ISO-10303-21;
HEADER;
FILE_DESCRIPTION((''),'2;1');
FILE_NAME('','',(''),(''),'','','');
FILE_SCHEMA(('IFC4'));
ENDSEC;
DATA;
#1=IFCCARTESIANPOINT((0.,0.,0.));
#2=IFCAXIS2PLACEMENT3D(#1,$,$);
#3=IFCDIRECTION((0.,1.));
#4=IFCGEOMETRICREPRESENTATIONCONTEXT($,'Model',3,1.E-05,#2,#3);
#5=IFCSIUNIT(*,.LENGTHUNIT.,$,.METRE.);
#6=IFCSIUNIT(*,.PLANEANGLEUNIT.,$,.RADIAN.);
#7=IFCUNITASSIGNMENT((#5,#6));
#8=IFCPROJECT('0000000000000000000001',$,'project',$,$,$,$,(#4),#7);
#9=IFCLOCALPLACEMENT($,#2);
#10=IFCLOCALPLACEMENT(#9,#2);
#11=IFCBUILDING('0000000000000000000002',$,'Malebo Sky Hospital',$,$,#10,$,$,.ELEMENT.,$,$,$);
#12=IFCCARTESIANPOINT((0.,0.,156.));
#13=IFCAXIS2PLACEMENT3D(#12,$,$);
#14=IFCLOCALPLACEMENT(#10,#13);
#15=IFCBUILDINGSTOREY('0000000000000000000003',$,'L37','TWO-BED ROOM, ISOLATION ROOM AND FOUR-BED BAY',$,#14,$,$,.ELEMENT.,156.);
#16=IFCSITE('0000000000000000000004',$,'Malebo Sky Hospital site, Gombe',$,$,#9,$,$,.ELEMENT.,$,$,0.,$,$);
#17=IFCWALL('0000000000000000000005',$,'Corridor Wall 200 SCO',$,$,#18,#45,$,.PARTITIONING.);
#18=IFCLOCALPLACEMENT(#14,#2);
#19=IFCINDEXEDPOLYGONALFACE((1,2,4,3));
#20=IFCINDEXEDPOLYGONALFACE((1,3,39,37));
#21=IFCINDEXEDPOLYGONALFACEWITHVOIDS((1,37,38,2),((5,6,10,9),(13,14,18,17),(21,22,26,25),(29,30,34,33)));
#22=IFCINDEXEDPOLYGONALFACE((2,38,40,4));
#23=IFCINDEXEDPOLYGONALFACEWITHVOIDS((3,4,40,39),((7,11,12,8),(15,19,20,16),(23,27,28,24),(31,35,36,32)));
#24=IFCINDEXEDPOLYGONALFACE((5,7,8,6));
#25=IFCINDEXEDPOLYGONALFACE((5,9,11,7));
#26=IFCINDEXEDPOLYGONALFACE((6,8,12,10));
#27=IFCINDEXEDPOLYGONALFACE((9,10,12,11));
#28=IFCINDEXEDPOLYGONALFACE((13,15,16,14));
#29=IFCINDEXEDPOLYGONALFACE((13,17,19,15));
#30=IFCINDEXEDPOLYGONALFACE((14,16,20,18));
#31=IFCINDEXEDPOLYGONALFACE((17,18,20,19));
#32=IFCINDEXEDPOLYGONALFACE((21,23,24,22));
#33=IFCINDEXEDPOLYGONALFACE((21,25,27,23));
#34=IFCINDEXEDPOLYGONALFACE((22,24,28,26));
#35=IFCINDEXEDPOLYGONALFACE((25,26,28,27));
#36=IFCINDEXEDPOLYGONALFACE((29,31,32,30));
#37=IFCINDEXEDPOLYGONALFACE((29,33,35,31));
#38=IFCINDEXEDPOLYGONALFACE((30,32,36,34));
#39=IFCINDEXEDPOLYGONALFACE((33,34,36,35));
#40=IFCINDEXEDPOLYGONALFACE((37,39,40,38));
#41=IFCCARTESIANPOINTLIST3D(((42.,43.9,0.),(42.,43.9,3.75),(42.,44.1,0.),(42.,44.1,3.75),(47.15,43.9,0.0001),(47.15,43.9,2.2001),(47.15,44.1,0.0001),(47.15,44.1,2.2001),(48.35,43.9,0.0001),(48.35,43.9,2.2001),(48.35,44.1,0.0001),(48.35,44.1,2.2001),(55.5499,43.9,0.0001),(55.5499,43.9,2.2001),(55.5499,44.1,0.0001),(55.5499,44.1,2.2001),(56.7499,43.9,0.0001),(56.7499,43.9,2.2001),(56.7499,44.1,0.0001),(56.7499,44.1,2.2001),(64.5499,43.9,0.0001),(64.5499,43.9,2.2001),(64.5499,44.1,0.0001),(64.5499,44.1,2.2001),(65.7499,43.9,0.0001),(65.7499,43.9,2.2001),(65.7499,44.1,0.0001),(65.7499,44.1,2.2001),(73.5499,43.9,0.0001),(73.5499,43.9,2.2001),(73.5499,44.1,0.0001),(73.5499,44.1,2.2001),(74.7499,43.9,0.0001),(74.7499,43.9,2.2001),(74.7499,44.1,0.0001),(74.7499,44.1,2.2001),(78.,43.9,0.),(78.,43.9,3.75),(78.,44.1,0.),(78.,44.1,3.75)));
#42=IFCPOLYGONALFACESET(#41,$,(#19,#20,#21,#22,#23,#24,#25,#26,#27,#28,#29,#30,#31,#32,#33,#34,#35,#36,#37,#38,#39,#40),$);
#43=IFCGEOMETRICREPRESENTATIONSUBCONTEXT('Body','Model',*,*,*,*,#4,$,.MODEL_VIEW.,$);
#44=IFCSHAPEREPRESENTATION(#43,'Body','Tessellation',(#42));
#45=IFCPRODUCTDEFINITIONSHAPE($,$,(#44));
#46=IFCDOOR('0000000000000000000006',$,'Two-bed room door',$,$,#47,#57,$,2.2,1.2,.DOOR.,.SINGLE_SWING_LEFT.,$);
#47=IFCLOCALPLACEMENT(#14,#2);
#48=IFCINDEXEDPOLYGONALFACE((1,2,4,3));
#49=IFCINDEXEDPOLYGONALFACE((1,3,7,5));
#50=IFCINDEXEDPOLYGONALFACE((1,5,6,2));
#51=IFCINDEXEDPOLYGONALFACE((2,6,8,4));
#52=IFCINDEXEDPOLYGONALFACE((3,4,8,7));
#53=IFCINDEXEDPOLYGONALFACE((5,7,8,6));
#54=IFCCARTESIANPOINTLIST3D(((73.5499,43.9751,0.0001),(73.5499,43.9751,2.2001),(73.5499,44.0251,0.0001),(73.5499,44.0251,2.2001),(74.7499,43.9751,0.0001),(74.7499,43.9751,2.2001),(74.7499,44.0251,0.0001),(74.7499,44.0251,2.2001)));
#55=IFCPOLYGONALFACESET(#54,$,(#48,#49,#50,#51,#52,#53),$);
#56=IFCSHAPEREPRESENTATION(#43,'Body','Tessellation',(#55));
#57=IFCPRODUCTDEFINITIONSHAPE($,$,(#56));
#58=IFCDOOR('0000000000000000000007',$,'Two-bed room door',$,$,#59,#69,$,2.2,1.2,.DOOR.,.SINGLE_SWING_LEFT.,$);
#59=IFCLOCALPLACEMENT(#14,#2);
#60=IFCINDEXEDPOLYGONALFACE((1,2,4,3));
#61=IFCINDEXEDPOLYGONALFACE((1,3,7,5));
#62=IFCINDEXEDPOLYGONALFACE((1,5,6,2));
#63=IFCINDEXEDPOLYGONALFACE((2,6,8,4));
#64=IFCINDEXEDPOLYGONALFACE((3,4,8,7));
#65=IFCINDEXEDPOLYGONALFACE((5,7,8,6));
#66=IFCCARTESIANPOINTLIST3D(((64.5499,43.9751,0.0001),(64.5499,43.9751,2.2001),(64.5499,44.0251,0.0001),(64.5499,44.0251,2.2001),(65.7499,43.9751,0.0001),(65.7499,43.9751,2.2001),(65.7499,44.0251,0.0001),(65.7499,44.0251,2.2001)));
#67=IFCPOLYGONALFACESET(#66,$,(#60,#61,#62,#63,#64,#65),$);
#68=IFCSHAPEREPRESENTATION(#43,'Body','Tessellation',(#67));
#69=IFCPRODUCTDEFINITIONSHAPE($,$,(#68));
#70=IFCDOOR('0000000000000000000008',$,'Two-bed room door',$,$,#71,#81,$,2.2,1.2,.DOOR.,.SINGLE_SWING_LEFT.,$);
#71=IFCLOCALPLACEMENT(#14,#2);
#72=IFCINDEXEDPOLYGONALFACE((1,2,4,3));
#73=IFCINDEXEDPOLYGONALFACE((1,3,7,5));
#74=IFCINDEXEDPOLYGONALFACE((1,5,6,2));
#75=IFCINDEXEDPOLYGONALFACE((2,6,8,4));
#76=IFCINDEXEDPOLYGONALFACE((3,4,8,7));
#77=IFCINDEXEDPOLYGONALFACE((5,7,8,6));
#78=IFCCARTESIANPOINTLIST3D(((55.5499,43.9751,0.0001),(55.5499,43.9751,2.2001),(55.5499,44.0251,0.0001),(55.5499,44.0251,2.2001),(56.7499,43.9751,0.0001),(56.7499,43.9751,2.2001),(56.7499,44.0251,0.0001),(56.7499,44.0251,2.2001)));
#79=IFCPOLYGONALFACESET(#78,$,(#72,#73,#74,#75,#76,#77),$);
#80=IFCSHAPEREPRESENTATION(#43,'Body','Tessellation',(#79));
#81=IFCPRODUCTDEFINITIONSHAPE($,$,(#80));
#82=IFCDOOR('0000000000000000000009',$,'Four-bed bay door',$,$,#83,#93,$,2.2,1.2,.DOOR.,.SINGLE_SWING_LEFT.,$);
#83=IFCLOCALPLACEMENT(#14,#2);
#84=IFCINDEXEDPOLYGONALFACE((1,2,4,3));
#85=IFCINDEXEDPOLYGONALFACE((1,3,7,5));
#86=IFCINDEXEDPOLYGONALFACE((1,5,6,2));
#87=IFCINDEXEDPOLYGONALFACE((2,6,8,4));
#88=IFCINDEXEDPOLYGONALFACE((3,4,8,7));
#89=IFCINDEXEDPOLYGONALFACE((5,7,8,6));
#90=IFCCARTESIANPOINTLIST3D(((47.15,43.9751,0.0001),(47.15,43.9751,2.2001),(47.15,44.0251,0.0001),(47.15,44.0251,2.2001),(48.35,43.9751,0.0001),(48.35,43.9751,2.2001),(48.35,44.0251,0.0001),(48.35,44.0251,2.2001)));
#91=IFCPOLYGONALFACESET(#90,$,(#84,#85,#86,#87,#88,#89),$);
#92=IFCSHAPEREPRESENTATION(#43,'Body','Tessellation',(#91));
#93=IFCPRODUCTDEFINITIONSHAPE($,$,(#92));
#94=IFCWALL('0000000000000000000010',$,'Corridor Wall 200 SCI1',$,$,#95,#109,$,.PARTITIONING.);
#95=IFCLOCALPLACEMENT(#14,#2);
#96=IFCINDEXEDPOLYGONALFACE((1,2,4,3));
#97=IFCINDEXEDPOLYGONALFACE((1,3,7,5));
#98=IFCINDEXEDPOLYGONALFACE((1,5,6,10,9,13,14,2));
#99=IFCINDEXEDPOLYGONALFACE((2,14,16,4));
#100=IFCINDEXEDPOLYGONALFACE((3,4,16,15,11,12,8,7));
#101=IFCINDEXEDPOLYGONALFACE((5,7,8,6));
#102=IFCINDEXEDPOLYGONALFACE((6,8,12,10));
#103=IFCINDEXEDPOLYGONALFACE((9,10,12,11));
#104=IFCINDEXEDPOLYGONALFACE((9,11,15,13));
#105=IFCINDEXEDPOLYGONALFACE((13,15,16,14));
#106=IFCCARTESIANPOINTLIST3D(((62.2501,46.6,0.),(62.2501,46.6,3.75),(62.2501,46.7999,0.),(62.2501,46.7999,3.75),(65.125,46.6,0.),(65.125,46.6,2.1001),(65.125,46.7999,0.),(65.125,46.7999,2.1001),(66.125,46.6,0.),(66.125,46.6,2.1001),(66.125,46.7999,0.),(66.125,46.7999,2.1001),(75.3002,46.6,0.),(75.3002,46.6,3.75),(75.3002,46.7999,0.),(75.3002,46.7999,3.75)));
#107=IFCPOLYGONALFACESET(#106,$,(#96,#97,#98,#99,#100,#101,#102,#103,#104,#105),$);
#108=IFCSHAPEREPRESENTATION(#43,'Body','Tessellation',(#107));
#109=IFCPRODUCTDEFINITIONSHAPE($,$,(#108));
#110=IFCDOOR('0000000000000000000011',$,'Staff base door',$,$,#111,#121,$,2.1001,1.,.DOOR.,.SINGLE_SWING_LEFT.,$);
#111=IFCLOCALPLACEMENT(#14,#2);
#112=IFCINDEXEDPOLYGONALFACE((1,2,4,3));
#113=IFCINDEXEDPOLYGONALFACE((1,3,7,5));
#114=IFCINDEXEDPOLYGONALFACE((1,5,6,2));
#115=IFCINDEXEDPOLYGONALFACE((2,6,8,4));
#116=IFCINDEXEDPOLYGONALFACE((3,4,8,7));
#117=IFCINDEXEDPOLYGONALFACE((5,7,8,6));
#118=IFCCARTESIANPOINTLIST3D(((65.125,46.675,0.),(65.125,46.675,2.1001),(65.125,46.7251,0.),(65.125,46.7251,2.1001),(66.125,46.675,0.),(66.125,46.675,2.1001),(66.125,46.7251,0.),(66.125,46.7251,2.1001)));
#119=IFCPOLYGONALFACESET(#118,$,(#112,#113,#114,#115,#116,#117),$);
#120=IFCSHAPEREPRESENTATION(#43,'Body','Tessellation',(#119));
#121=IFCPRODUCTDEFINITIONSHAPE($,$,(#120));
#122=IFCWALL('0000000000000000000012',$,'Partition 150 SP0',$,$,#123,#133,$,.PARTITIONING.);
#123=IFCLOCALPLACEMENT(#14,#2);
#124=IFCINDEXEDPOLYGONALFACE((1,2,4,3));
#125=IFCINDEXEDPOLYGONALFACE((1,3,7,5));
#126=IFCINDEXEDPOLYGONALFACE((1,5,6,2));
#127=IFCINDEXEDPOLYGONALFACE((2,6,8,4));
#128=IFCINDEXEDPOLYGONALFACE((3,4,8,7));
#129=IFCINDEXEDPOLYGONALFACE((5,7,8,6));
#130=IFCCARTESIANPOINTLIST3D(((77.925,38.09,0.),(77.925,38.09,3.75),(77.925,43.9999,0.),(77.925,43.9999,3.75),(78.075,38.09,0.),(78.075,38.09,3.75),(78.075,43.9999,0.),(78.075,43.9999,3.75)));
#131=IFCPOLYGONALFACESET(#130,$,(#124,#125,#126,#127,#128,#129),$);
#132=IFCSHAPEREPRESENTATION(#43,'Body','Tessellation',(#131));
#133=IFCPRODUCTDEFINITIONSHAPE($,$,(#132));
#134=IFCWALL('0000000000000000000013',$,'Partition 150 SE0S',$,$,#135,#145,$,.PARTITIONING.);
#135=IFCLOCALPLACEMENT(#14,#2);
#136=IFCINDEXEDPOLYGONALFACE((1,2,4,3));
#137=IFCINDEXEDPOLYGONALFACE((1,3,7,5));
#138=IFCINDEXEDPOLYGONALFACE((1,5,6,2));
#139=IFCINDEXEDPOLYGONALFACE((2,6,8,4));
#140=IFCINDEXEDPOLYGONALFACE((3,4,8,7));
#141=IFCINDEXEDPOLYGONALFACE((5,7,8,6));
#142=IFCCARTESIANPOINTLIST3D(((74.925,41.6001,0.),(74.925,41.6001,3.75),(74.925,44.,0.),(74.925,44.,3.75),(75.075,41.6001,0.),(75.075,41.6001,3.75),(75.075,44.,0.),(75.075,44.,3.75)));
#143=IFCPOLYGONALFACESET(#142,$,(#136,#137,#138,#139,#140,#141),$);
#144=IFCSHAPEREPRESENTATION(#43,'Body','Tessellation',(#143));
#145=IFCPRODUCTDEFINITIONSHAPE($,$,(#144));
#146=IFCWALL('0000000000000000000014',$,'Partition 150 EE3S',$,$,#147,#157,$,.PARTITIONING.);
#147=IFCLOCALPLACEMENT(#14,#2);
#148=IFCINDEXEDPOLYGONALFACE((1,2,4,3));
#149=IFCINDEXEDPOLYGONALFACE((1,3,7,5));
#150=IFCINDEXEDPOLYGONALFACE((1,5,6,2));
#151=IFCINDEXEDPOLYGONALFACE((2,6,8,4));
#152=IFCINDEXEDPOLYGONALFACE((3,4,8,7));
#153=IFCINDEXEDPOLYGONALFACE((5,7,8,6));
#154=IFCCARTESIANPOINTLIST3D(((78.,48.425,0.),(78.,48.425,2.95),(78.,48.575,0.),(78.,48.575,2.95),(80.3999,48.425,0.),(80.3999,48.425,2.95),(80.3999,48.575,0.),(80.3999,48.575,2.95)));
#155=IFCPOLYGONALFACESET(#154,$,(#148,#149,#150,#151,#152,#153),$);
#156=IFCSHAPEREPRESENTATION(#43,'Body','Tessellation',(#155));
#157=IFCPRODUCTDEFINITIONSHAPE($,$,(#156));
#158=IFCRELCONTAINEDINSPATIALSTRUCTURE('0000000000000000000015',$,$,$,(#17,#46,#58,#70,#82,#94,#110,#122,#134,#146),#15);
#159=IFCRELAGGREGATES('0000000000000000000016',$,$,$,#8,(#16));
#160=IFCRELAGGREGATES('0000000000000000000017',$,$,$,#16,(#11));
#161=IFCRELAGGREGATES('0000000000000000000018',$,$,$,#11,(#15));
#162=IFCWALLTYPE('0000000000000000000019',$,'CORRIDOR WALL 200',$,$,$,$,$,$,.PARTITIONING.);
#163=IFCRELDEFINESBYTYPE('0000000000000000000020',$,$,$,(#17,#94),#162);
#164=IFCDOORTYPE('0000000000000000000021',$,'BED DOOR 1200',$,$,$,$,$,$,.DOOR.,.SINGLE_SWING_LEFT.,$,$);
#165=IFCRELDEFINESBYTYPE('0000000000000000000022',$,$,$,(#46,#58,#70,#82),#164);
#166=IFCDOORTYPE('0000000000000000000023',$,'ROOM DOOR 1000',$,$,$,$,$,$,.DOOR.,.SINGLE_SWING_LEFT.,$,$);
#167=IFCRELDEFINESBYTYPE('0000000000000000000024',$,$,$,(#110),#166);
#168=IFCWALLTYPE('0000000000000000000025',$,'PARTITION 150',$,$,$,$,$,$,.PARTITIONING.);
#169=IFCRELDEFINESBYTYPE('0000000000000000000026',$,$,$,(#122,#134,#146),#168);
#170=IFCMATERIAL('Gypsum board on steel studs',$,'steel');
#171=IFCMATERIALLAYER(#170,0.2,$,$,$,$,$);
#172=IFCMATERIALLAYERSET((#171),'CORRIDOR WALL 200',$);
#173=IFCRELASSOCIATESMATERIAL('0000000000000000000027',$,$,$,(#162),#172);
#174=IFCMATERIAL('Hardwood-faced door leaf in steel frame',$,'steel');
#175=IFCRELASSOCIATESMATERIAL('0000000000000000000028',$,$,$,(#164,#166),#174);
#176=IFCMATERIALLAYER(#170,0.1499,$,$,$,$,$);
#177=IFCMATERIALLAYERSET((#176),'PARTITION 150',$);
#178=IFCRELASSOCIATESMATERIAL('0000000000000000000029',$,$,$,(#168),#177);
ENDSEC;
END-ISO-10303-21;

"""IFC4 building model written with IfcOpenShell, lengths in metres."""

from ifc_helpers import new_model, si_unit, direction, frame, frame_2d, origin, place, context, subcontext, project, spatial, rectangle, extrude, material, layer, layer_set, type_object, element, fill, save


model = new_model("IFC4")

# Units and contexts
model_context = context("Model", 3, precision=1e-05, world=origin(), true_north=direction((0.0, 1.0)))
body_context = subcontext(model_context, "Body", "Model", "MODEL_VIEW")
ifc_project = project(units=[si_unit("LENGTHUNIT", "METRE"), si_unit("PLANEANGLEUNIT", "RADIAN")], contexts=[model_context])

# Site, building, storey
site_placement = place(None, origin())
site = spatial("IfcSite", under=ifc_project, at=site_placement, Name="Malebo Sky Hospital site, Gombe", CompositionType="ELEMENT", RefElevation=0.0)
building_placement = place(site_placement, origin())
building = spatial("IfcBuilding", under=site, at=building_placement, Name="Malebo Sky Hospital", CompositionType="ELEMENT")
storey_placement = place(building_placement, frame((0.0, 0.0, 156.0)))
storey = spatial("IfcBuildingStorey", under=building, at=storey_placement, Name="L37", Description="TWO-BED ROOM, ISOLATION ROOM AND FOUR-BED BAY", CompositionType="ELEMENT", Elevation=156.0)

# Wall, openings, doors
ifc_material_1 = material(Name="Gypsum board on steel studs", Category="steel")
ifc_layer_1 = layer(ifc_material_1, 0.2)
ifc_layer_set_1 = layer_set([ifc_layer_1], Name="CORRIDOR WALL 200")
wall_type_1 = type_object("IfcWallType", Name="CORRIDOR WALL 200", PredefinedType="PARTITIONING", material=ifc_layer_set_1)
wall_1_placement = place(storey_placement, frame((78.0, 44.0, 0.0), z_axis=(0.0, 0.0, 1.0), x_axis=(-1.0, 0.0, 0.0)))
wall_1 = element("IfcWall", 1, at=wall_1_placement, inside=storey, type_object=wall_type_1, Name="Corridor Wall 200 SCO", PredefinedType="PARTITIONING", context=body_context, shape_type="SweptSolid", body=[
    extrude(rectangle(XDim=36.0, YDim=0.2, at=frame_2d((18.0, 0.0))), origin(), (0.0, 0.0, 1.0), 3.75),
])
opening_1_placement = place(wall_1_placement, frame((3.25, 0.0, 0.0)))
opening_1 = element("IfcOpeningElement", 2, at=opening_1_placement, cuts=wall_1, PredefinedType="OPENING", context=body_context, shape_type="SweptSolid", body=[
    extrude(rectangle(XDim=1.2, YDim=2.2, at=frame_2d((0.6001, 1.1001))), frame((0.0, 0.1099, 0.0), z_axis=(0.0, -1.0, 0.0), x_axis=(1.0, 0.0, 0.0)), (0.0, 0.0, 1.0), 0.22),
])
opening_2_placement = place(wall_1_placement, frame((12.25, 0.0, 0.0)))
opening_2 = element("IfcOpeningElement", 3, at=opening_2_placement, cuts=wall_1, PredefinedType="OPENING", context=body_context, shape_type="SweptSolid", body=[
    extrude(rectangle(XDim=1.2, YDim=2.2, at=frame_2d((0.6001, 1.1001))), frame((0.0, 0.1099, 0.0), z_axis=(0.0, -1.0, 0.0), x_axis=(1.0, 0.0, 0.0)), (0.0, 0.0, 1.0), 0.22),
])
opening_3_placement = place(wall_1_placement, frame((21.25, 0.0, 0.0)))
opening_3 = element("IfcOpeningElement", 4, at=opening_3_placement, cuts=wall_1, PredefinedType="OPENING", context=body_context, shape_type="SweptSolid", body=[
    extrude(rectangle(XDim=1.2, YDim=2.2, at=frame_2d((0.6001, 1.1001))), frame((0.0, 0.1099, 0.0), z_axis=(0.0, -1.0, 0.0), x_axis=(1.0, 0.0, 0.0)), (0.0, 0.0, 1.0), 0.22),
])
opening_4_placement = place(wall_1_placement, frame((29.6499, 0.0, 0.0)))
opening_4 = element("IfcOpeningElement", 5, at=opening_4_placement, cuts=wall_1, PredefinedType="OPENING", context=body_context, shape_type="SweptSolid", body=[
    extrude(rectangle(XDim=1.2, YDim=2.2, at=frame_2d((0.6001, 1.1001))), frame((0.0, 0.1099, 0.0), z_axis=(0.0, -1.0, 0.0), x_axis=(1.0, 0.0, 0.0)), (0.0, 0.0, 1.0), 0.22),
])
ifc_material_2 = material(Name="Hardwood-faced door leaf in steel frame", Category="steel")
door_type_1 = type_object("IfcDoorType", Name="BED DOOR 1200", OperationType="SINGLE_SWING_LEFT", PredefinedType="DOOR", material=ifc_material_2)
door_1_placement = place(opening_1_placement, origin())
door_1 = element("IfcDoor", 6, at=door_1_placement, inside=storey, type_object=door_type_1, Name="Two-bed room door", OperationType="SINGLE_SWING_LEFT", OverallHeight=2.2, OverallWidth=1.2, PredefinedType="DOOR", context=body_context, shape_type="SweptSolid", body=[
    extrude(rectangle(XDim=1.2, YDim=2.2, at=frame_2d((0.6001, 1.1001))), frame((0.0, 0.0249, 0.0), z_axis=(0.0, -1.0, 0.0), x_axis=(1.0, 0.0, 0.0)), (0.0, 0.0, 1.0), 0.05),
])
fill(opening_1, door_1)
door_2_placement = place(opening_2_placement, origin())
door_2 = element("IfcDoor", 7, at=door_2_placement, inside=storey, type_object=door_type_1, Name="Two-bed room door", OperationType="SINGLE_SWING_LEFT", OverallHeight=2.2, OverallWidth=1.2, PredefinedType="DOOR", context=body_context, shape_type="SweptSolid", body=[
    extrude(rectangle(XDim=1.2, YDim=2.2, at=frame_2d((0.6001, 1.1001))), frame((0.0, 0.0249, 0.0), z_axis=(0.0, -1.0, 0.0), x_axis=(1.0, 0.0, 0.0)), (0.0, 0.0, 1.0), 0.05),
])
fill(opening_2, door_2)
door_3_placement = place(opening_3_placement, origin())
door_3 = element("IfcDoor", 8, at=door_3_placement, inside=storey, type_object=door_type_1, Name="Two-bed room door", OperationType="SINGLE_SWING_LEFT", OverallHeight=2.2, OverallWidth=1.2, PredefinedType="DOOR", context=body_context, shape_type="SweptSolid", body=[
    extrude(rectangle(XDim=1.2, YDim=2.2, at=frame_2d((0.6001, 1.1001))), frame((0.0, 0.0249, 0.0), z_axis=(0.0, -1.0, 0.0), x_axis=(1.0, 0.0, 0.0)), (0.0, 0.0, 1.0), 0.05),
])
fill(opening_3, door_3)
door_4_placement = place(opening_4_placement, origin())
door_4 = element("IfcDoor", 9, at=door_4_placement, inside=storey, type_object=door_type_1, Name="Four-bed bay door", OperationType="SINGLE_SWING_LEFT", OverallHeight=2.2, OverallWidth=1.2, PredefinedType="DOOR", context=body_context, shape_type="SweptSolid", body=[
    extrude(rectangle(XDim=1.2, YDim=2.2, at=frame_2d((0.6001, 1.1001))), frame((0.0, 0.0249, 0.0), z_axis=(0.0, -1.0, 0.0), x_axis=(1.0, 0.0, 0.0)), (0.0, 0.0, 1.0), 0.05),
])
fill(opening_4, door_4)

# Wall, opening, door
wall_2_placement = place(storey_placement, frame((75.3, 46.7, 0.0), z_axis=(0.0, 0.0, 1.0), x_axis=(-1.0, 0.0, 0.0)))
wall_2 = element("IfcWall", 10, at=wall_2_placement, inside=storey, type_object=wall_type_1, Name="Corridor Wall 200 SCI1", PredefinedType="PARTITIONING", context=body_context, shape_type="SweptSolid", body=[
    extrude(rectangle(XDim=13.05, YDim=0.2, at=frame_2d((6.5249, 0.0))), origin(), (0.0, 0.0, 1.0), 3.75),
])
opening_5_placement = place(wall_2_placement, frame((9.175, 0.0, 0.0)))
opening_5 = element("IfcOpeningElement", 11, at=opening_5_placement, cuts=wall_2, PredefinedType="OPENING", context=body_context, shape_type="SweptSolid", body=[
    extrude(rectangle(XDim=1.0, YDim=2.1001, at=frame_2d((0.5, 1.05))), frame((0.0, 0.1099, 0.0), z_axis=(0.0, -1.0, 0.0), x_axis=(1.0, 0.0, 0.0)), (0.0, 0.0, 1.0), 0.22),
])
door_type_2 = type_object("IfcDoorType", Name="ROOM DOOR 1000", OperationType="SINGLE_SWING_LEFT", PredefinedType="DOOR", material=ifc_material_2)
door_5_placement = place(opening_5_placement, origin())
door_5 = element("IfcDoor", 12, at=door_5_placement, inside=storey, type_object=door_type_2, Name="Staff base door", OperationType="SINGLE_SWING_LEFT", OverallHeight=2.1001, OverallWidth=1.0, PredefinedType="DOOR", context=body_context, shape_type="SweptSolid", body=[
    extrude(rectangle(XDim=1.0, YDim=2.1001, at=frame_2d((0.5, 1.05))), frame((0.0, 0.0249, 0.0), z_axis=(0.0, -1.0, 0.0), x_axis=(1.0, 0.0, 0.0)), (0.0, 0.0, 1.0), 0.05),
])
fill(opening_5, door_5)

# Walls
ifc_layer_2 = layer(ifc_material_1, 0.1499)
ifc_layer_set_2 = layer_set([ifc_layer_2], Name="PARTITION 150")
wall_type_2 = type_object("IfcWallType", Name="PARTITION 150", PredefinedType="PARTITIONING", material=ifc_layer_set_2)
wall_3_placement = place(storey_placement, frame((78.0, 44.0, 0.0), z_axis=(0.0, 0.0, 1.0), x_axis=(0.0, -1.0, 0.0)))
element("IfcWall", 13, at=wall_3_placement, inside=storey, type_object=wall_type_2, Name="Partition 150 SP0", PredefinedType="PARTITIONING", context=body_context, shape_type="SweptSolid", body=[
    extrude(rectangle(XDim=5.9099, YDim=0.1499, at=frame_2d((2.9551, 0.0))), origin(), (0.0, 0.0, 1.0), 3.75),
])
wall_4_placement = place(storey_placement, frame((75.0, 44.0, 0.0), z_axis=(0.0, 0.0, 1.0), x_axis=(0.0, -1.0, 0.0)))
element("IfcWall", 14, at=wall_4_placement, inside=storey, type_object=wall_type_2, Name="Partition 150 SE0S", PredefinedType="PARTITIONING", context=body_context, shape_type="SweptSolid", body=[
    extrude(rectangle(XDim=2.3999, YDim=0.1499, at=frame_2d((1.2, 0.0))), origin(), (0.0, 0.0, 1.0), 3.75),
])
wall_5_placement = place(storey_placement, frame((78.0, 48.5, 0.0), z_axis=(0.0, 0.0, 1.0), x_axis=(1.0, 0.0, 0.0)))
element("IfcWall", 15, at=wall_5_placement, inside=storey, type_object=wall_type_2, Name="Partition 150 EE3S", PredefinedType="PARTITIONING", context=body_context, shape_type="SweptSolid", body=[
    extrude(rectangle(XDim=2.3999, YDim=0.1499, at=frame_2d((1.2, 0.0))), origin(), (0.0, 0.0, 1.0), 2.95),
])

save(model, "model.ifc")
